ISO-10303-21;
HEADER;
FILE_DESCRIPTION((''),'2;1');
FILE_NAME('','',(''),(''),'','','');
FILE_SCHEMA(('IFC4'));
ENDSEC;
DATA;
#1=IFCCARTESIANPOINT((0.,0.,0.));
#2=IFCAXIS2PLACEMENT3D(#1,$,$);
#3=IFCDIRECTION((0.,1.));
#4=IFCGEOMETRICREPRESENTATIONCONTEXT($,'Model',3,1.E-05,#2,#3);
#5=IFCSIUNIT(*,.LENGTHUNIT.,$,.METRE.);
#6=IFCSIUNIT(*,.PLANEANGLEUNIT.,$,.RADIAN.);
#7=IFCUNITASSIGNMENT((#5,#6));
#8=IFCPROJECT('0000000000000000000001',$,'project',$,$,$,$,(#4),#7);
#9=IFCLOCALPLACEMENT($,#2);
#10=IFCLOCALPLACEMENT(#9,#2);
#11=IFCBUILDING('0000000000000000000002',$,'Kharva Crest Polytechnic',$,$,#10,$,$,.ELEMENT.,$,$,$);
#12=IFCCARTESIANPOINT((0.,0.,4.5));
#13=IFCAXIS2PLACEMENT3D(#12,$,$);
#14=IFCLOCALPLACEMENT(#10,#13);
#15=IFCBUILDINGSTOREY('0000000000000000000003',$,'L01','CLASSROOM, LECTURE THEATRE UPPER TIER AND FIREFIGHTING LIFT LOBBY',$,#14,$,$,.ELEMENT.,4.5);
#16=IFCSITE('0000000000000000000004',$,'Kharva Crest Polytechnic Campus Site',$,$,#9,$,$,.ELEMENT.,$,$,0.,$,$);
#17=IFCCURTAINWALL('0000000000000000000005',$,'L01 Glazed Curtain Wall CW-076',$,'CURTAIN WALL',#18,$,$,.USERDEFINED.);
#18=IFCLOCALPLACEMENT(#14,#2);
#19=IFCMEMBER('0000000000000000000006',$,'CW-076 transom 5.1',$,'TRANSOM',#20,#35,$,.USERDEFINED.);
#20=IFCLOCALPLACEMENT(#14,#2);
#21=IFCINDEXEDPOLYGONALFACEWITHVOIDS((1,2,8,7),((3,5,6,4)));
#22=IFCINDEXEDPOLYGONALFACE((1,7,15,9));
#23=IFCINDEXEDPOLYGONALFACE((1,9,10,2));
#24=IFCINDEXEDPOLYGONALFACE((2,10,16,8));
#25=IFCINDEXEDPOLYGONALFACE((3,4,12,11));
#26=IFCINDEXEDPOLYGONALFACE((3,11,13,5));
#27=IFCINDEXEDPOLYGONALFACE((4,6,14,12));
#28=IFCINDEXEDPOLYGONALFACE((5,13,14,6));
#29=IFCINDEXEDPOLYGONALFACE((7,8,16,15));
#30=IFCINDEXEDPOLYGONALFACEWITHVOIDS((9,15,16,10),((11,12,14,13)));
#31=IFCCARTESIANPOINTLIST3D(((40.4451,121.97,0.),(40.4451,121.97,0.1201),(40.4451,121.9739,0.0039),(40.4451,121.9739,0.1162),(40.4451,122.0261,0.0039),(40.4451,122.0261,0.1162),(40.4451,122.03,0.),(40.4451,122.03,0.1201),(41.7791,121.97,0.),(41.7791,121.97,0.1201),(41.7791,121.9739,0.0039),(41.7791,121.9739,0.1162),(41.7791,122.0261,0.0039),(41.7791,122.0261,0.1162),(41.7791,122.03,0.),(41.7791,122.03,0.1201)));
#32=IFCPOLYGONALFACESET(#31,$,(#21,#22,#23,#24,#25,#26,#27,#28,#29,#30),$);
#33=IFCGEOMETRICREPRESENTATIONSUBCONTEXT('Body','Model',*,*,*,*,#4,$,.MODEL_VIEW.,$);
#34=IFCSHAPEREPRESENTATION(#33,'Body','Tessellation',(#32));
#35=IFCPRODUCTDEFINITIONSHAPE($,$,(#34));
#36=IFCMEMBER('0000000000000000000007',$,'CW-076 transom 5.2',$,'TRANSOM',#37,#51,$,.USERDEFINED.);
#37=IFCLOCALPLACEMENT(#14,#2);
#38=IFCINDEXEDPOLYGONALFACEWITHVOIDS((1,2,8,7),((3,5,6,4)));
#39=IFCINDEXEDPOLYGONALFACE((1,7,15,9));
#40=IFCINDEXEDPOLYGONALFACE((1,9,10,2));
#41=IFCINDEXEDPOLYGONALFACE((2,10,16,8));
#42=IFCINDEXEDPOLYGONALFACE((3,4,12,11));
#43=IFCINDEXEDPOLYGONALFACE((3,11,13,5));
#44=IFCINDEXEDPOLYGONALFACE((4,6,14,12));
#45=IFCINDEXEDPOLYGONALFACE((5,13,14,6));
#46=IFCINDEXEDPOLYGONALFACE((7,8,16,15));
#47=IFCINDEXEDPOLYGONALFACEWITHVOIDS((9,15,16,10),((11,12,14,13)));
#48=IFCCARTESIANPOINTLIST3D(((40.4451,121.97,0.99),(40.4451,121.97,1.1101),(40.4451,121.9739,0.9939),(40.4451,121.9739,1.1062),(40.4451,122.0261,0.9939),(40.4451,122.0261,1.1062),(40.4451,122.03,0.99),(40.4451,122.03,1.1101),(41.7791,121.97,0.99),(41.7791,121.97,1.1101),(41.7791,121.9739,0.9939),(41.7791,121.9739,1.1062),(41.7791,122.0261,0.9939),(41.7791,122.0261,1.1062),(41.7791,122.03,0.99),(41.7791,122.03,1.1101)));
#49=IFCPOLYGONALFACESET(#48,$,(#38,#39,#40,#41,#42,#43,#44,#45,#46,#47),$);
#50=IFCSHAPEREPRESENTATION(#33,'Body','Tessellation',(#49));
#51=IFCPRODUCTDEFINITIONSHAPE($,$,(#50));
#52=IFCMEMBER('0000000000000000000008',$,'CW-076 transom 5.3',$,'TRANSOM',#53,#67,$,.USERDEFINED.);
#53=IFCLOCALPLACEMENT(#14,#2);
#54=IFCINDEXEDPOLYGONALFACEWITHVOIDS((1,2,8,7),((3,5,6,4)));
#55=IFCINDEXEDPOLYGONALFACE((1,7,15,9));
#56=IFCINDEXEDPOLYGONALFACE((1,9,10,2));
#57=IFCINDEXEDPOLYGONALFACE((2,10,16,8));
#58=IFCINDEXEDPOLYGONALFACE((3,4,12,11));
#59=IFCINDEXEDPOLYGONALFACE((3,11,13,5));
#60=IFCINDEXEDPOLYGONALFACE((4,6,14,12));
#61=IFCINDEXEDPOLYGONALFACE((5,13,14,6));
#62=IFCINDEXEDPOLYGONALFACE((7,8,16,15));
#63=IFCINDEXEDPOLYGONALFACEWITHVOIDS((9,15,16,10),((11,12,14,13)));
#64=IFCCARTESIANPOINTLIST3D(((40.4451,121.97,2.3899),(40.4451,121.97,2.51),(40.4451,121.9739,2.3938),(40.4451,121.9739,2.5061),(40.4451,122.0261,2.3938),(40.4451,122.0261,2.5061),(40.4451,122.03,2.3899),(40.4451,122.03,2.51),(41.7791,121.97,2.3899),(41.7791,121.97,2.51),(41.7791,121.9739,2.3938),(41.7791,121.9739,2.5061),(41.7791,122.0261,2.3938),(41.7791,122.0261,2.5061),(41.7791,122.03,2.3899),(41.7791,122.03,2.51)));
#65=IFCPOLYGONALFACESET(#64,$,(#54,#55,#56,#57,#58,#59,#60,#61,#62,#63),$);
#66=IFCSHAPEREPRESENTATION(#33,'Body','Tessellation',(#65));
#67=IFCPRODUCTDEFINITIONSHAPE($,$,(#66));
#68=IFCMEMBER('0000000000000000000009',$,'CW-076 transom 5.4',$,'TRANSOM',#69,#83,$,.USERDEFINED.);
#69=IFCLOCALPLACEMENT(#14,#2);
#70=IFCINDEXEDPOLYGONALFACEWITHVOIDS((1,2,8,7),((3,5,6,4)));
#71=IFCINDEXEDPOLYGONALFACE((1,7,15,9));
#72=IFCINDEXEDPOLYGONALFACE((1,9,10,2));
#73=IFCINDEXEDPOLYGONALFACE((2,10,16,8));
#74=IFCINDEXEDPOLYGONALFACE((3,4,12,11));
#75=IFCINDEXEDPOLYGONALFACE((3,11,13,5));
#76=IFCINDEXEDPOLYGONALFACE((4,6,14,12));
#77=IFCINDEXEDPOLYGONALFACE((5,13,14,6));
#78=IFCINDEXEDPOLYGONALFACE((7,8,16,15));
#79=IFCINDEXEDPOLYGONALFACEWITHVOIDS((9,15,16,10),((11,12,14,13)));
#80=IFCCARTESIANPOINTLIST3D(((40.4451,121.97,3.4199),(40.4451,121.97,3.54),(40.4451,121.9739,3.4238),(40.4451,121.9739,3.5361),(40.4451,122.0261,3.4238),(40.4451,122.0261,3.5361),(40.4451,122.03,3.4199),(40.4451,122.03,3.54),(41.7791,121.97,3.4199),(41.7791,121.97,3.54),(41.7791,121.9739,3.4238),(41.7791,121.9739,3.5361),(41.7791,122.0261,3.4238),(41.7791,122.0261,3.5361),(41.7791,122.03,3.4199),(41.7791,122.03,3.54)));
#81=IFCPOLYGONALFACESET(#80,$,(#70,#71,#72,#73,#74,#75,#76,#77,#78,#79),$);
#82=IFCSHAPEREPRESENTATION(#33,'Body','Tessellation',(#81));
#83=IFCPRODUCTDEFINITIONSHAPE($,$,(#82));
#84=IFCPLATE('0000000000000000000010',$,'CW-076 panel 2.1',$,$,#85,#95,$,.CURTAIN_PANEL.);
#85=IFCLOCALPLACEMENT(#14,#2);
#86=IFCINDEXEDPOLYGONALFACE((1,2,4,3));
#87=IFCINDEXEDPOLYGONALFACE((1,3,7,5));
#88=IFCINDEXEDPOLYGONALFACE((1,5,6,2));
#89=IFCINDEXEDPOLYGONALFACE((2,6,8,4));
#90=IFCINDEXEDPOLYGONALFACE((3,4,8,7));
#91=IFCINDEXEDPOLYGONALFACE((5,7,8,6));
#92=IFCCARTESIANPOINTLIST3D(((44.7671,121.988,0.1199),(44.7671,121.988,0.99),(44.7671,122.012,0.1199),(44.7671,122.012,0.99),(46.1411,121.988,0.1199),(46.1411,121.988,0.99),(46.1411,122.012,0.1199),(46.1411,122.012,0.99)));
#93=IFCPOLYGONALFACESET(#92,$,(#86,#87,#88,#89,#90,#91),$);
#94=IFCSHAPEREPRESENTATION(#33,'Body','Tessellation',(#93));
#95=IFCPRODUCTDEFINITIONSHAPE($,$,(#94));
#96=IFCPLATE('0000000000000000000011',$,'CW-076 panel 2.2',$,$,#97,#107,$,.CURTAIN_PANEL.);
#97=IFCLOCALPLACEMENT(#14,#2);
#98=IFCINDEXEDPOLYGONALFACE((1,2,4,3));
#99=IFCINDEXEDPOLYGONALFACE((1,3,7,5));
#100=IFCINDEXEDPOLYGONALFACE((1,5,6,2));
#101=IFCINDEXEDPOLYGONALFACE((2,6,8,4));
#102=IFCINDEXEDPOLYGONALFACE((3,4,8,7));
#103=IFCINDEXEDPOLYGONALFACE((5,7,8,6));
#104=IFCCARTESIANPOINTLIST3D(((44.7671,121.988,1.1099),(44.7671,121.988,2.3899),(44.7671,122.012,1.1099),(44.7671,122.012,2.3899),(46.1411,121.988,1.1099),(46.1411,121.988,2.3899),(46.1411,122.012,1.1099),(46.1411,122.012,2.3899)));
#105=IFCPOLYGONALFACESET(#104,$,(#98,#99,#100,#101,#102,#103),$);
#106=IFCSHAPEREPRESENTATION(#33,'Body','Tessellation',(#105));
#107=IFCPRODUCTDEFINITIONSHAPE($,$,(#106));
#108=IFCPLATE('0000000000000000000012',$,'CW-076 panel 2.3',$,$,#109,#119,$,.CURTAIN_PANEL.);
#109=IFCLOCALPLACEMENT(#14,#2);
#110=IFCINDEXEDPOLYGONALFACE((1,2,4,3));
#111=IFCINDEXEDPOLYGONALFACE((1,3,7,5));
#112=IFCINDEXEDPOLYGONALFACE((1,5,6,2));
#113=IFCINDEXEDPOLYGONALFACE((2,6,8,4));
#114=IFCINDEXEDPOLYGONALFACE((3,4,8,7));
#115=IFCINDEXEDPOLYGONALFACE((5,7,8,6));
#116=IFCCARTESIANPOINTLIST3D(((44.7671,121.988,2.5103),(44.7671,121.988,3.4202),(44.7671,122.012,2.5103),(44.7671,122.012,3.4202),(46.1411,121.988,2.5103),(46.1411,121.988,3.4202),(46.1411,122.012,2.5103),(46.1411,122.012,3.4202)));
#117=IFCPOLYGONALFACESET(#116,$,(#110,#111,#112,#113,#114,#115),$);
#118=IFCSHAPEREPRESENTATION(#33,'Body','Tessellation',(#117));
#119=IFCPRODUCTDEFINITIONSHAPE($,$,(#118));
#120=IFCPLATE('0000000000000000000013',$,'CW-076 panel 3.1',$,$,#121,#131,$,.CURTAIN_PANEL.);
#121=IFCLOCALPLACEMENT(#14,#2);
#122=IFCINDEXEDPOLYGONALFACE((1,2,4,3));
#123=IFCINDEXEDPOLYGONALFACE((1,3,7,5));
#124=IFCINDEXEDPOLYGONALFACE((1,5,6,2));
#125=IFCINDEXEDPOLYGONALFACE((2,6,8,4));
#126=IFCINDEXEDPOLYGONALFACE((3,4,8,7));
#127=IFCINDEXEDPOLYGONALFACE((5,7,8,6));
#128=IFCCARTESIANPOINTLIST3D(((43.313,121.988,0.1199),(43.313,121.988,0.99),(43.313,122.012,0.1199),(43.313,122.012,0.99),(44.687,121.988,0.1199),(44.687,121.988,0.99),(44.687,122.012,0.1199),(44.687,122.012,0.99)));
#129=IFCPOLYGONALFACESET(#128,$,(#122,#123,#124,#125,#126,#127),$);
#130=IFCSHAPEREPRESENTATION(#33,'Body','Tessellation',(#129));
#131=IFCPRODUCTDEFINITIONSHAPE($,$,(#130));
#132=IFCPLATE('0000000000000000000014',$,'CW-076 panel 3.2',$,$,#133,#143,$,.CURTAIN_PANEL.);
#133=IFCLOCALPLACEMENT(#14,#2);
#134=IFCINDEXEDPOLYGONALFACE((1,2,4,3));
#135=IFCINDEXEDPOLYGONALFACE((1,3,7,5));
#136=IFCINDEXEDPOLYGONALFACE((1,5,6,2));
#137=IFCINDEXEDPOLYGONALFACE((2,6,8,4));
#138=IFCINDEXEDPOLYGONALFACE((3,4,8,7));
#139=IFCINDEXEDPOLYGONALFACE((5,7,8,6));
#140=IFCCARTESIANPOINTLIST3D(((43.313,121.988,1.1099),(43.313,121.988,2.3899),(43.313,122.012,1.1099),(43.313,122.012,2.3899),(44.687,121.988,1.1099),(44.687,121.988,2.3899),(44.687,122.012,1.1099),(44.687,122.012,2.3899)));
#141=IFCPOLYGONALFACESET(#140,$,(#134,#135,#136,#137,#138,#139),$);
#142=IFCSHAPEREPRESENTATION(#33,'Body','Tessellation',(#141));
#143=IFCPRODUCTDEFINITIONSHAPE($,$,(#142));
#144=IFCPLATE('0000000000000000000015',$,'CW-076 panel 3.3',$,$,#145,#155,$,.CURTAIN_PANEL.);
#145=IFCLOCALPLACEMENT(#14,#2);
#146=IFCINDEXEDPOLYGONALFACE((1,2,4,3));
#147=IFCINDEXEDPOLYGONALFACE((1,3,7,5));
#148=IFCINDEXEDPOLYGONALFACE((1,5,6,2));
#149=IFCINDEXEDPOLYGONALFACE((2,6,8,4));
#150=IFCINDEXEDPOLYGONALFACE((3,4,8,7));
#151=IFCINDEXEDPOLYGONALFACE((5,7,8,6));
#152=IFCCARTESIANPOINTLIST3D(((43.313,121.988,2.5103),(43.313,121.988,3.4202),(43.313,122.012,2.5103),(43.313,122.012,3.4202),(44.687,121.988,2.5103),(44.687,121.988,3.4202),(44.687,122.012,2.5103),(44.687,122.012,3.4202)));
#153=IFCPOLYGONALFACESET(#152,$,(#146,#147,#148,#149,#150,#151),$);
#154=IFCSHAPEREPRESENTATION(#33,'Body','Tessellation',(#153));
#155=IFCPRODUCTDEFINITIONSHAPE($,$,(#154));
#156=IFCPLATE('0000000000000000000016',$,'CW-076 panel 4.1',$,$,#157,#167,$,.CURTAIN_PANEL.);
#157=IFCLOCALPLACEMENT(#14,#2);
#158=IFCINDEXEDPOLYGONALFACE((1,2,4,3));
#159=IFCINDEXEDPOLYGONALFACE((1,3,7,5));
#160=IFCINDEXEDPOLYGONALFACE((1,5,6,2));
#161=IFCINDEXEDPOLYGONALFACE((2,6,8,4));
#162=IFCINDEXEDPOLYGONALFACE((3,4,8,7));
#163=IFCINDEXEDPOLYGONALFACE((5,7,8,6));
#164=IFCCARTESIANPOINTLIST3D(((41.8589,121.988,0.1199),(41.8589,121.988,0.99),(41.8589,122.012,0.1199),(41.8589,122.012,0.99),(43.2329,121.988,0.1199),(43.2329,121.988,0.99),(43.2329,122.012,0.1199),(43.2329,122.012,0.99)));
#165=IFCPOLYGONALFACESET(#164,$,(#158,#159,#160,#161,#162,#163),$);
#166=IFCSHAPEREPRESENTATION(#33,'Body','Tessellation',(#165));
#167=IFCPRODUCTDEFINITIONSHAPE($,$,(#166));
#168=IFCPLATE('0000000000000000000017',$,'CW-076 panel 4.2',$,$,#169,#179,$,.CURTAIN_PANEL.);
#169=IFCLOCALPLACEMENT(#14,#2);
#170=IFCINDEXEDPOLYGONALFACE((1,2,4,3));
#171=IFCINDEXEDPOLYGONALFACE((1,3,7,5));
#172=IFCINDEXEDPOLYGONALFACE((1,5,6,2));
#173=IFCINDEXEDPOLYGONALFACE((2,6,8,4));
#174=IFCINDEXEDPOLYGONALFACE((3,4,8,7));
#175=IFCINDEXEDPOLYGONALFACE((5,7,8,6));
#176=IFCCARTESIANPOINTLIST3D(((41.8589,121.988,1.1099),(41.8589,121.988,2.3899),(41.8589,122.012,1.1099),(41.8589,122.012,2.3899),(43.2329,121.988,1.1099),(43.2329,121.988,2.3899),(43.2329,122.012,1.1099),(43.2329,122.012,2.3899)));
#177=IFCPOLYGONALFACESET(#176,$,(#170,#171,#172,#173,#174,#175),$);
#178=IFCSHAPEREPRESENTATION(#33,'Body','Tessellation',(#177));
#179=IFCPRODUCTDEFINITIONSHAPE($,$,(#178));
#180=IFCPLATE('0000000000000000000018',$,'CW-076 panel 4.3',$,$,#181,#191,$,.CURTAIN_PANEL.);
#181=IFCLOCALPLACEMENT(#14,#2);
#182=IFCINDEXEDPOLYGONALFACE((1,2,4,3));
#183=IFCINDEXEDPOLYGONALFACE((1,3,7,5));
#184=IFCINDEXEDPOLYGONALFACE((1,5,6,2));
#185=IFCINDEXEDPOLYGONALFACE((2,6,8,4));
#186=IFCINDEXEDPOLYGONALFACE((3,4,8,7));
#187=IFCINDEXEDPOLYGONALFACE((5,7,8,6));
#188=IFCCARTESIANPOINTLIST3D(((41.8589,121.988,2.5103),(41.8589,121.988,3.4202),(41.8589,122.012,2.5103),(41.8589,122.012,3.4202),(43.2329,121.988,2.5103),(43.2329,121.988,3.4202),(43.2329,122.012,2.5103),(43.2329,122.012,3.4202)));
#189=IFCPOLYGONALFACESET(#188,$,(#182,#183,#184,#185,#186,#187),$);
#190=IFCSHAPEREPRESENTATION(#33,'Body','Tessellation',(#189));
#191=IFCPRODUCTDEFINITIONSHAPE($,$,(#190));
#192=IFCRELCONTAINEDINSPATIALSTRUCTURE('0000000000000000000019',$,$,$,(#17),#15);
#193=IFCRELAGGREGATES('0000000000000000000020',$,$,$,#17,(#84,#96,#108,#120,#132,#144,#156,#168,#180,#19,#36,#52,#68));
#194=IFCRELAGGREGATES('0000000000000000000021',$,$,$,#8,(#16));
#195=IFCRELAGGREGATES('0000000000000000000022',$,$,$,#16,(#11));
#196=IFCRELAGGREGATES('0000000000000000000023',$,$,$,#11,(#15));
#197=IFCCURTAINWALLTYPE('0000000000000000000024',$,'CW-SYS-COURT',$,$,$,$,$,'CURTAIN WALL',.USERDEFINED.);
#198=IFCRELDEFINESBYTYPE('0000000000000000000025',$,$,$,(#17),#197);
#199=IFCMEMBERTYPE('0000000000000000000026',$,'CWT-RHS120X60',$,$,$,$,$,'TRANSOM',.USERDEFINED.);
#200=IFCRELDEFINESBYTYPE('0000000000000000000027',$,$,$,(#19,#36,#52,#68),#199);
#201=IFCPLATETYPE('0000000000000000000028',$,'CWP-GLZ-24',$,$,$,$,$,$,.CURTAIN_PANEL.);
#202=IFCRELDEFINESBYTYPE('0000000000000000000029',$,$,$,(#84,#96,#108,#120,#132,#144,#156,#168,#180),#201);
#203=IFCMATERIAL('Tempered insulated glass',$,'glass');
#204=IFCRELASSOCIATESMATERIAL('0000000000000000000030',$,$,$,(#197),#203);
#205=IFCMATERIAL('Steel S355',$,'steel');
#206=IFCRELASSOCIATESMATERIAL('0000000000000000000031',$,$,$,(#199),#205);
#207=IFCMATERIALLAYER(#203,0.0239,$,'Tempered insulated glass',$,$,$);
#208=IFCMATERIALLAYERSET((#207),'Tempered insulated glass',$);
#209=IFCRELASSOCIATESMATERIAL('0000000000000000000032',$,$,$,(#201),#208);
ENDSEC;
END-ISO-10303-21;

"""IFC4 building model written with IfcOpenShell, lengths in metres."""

from ifc_helpers import new_model, si_unit, direction, frame, origin, origin_2d, place, context, subcontext, project, spatial, rectangle, hollow_rectangle, extrude, material, layer, layer_set, material_profile, profile_set, type_object, element, aggregate, save


model = new_model("IFC4")

# Units and contexts
model_context = context("Model", 3, precision=1e-05, world=origin(), true_north=direction((0.0, 1.0)))
body_context = subcontext(model_context, "Body", "Model", "MODEL_VIEW")
ifc_project = project(units=[si_unit("LENGTHUNIT", "METRE"), si_unit("PLANEANGLEUNIT", "RADIAN")], contexts=[model_context])

# Site, building, storey
site_placement = place(None, origin())
site = spatial("IfcSite", under=ifc_project, at=site_placement, Name="Kharva Crest Polytechnic Campus Site", CompositionType="ELEMENT", RefElevation=0.0)
building_placement = place(site_placement, origin())
building = spatial("IfcBuilding", under=site, at=building_placement, Name="Kharva Crest Polytechnic", CompositionType="ELEMENT")
storey_placement = place(building_placement, frame((0.0, 0.0, 4.5)))
storey = spatial("IfcBuildingStorey", under=building, at=storey_placement, Name="L01", Description="CLASSROOM, LECTURE THEATRE UPPER TIER AND FIREFIGHTING LIFT LOBBY", CompositionType="ELEMENT", Elevation=4.5)

# Curtain wall, members, plates
ifc_material_1 = material(Name="Tempered insulated glass", Category="glass")
curtain_wall_type = type_object("IfcCurtainWallType", Name="CW-SYS-COURT", ElementType="CURTAIN WALL", PredefinedType="USERDEFINED", material=ifc_material_1)
curtain_wall_placement = place(storey_placement, origin())
curtain_wall = element("IfcCurtainWall", 1, at=curtain_wall_placement, inside=storey, type_object=curtain_wall_type, Name="L01 Glazed Curtain Wall CW-076", ObjectType="CURTAIN WALL", PredefinedType="USERDEFINED")
ifc_material_2 = material(Name="Steel S355", Category="steel")
ifc_material_profile_1 = material_profile(ifc_material_2, hollow_rectangle(XDim=0.0601, YDim=0.1201, WallThickness=0.0039, at=origin_2d()), Name="RHS 120X60X4.0")
ifc_profile_set_1 = profile_set([ifc_material_profile_1], Name="Steel S355")
member_type_1 = type_object("IfcMemberType", Name="CWT-RHS120X60", ElementType="TRANSOM", PredefinedType="USERDEFINED", material=ifc_profile_set_1)
member_1_placement = place(storey_placement, frame((41.7791, 122.0, 0.0601), z_axis=(-1.0, 0.0, 0.0), x_axis=(0.0, -1.0, 0.0)))
member_1 = element("IfcMember", 2, at=member_1_placement, type_object=member_type_1, Name="CW-076 transom 5.1", ObjectType="TRANSOM", PredefinedType="USERDEFINED", context=body_context, shape_type="SweptSolid", body=[
    extrude(hollow_rectangle(XDim=0.0601, YDim=0.1201, WallThickness=0.0039, at=origin_2d()), origin(), (0.0, 0.0, 1.0), 1.334),
])
member_2_placement = place(storey_placement, frame((41.7791, 122.0, 1.05), z_axis=(-1.0, 0.0, 0.0), x_axis=(0.0, -1.0, 0.0)))
member_2 = element("IfcMember", 3, at=member_2_placement, type_object=member_type_1, Name="CW-076 transom 5.2", ObjectType="TRANSOM", PredefinedType="USERDEFINED", context=body_context, shape_type="SweptSolid", body=[
    extrude(hollow_rectangle(XDim=0.0601, YDim=0.1201, WallThickness=0.0039, at=origin_2d()), origin(), (0.0, 0.0, 1.0), 1.334),
])
member_3_placement = place(storey_placement, frame((41.7791, 122.0, 2.45), z_axis=(-1.0, 0.0, 0.0), x_axis=(0.0, -1.0, 0.0)))
member_3 = element("IfcMember", 4, at=member_3_placement, type_object=member_type_1, Name="CW-076 transom 5.3", ObjectType="TRANSOM", PredefinedType="USERDEFINED", context=body_context, shape_type="SweptSolid", body=[
    extrude(hollow_rectangle(XDim=0.0601, YDim=0.1201, WallThickness=0.0039, at=origin_2d()), origin(), (0.0, 0.0, 1.0), 1.334),
])
member_4_placement = place(storey_placement, frame((41.7791, 122.0, 3.48), z_axis=(-1.0, 0.0, 0.0), x_axis=(0.0, -1.0, 0.0)))
member_4 = element("IfcMember", 5, at=member_4_placement, type_object=member_type_1, Name="CW-076 transom 5.4", ObjectType="TRANSOM", PredefinedType="USERDEFINED", context=body_context, shape_type="SweptSolid", body=[
    extrude(hollow_rectangle(XDim=0.0601, YDim=0.1201, WallThickness=0.0039, at=origin_2d()), origin(), (0.0, 0.0, 1.0), 1.334),
])
ifc_layer = layer(ifc_material_1, 0.0239, Name="Tempered insulated glass")
ifc_layer_set = layer_set([ifc_layer], Name="Tempered insulated glass")
plate_type = type_object("IfcPlateType", Name="CWP-GLZ-24", PredefinedType="CURTAIN_PANEL", material=ifc_layer_set)
plate_1_placement = place(storey_placement, frame((45.4541, 122.0, 0.1199), z_axis=(0.0, 0.0, 1.0), x_axis=(-1.0, 0.0, 0.0)))
plate_1 = element("IfcPlate", 6, at=plate_1_placement, type_object=plate_type, Name="CW-076 panel 2.1", PredefinedType="CURTAIN_PANEL", context=body_context, shape_type="SweptSolid", body=[
    extrude(rectangle(XDim=1.374, YDim=0.0239, at=origin_2d()), origin(), (0.0, 0.0, 1.0), 0.8701),
])
plate_2_placement = place(storey_placement, frame((45.4541, 122.0, 1.1099), z_axis=(0.0, 0.0, 1.0), x_axis=(-1.0, 0.0, 0.0)))
plate_2 = element("IfcPlate", 7, at=plate_2_placement, type_object=plate_type, Name="CW-076 panel 2.2", PredefinedType="CURTAIN_PANEL", context=body_context, shape_type="SweptSolid", body=[
    extrude(rectangle(XDim=1.374, YDim=0.0239, at=origin_2d()), origin(), (0.0, 0.0, 1.0), 1.28),
])
plate_3_placement = place(storey_placement, frame((45.4541, 122.0, 2.5103), z_axis=(0.0, 0.0, 1.0), x_axis=(-1.0, 0.0, 0.0)))
plate_3 = element("IfcPlate", 8, at=plate_3_placement, type_object=plate_type, Name="CW-076 panel 2.3", PredefinedType="CURTAIN_PANEL", context=body_context, shape_type="SweptSolid", body=[
    extrude(rectangle(XDim=1.374, YDim=0.0239, at=origin_2d()), origin(), (0.0, 0.0, 1.0), 0.9099),
])
plate_4_placement = place(storey_placement, frame((44.0, 122.0, 0.1199), z_axis=(0.0, 0.0, 1.0), x_axis=(-1.0, 0.0, 0.0)))
plate_4 = element("IfcPlate", 9, at=plate_4_placement, type_object=plate_type, Name="CW-076 panel 3.1", PredefinedType="CURTAIN_PANEL", context=body_context, shape_type="SweptSolid", body=[
    extrude(rectangle(XDim=1.374, YDim=0.0239, at=origin_2d()), origin(), (0.0, 0.0, 1.0), 0.8701),
])
plate_5_placement = place(storey_placement, frame((44.0, 122.0, 1.1099), z_axis=(0.0, 0.0, 1.0), x_axis=(-1.0, 0.0, 0.0)))
plate_5 = element("IfcPlate", 10, at=plate_5_placement, type_object=plate_type, Name="CW-076 panel 3.2", PredefinedType="CURTAIN_PANEL", context=body_context, shape_type="SweptSolid", body=[
    extrude(rectangle(XDim=1.374, YDim=0.0239, at=origin_2d()), origin(), (0.0, 0.0, 1.0), 1.28),
])
plate_6_placement = place(storey_placement, frame((44.0, 122.0, 2.5103), z_axis=(0.0, 0.0, 1.0), x_axis=(-1.0, 0.0, 0.0)))
plate_6 = element("IfcPlate", 11, at=plate_6_placement, type_object=plate_type, Name="CW-076 panel 3.3", PredefinedType="CURTAIN_PANEL", context=body_context, shape_type="SweptSolid", body=[
    extrude(rectangle(XDim=1.374, YDim=0.0239, at=origin_2d()), origin(), (0.0, 0.0, 1.0), 0.9099),
])
plate_7_placement = place(storey_placement, frame((42.5459, 122.0, 0.1199), z_axis=(0.0, 0.0, 1.0), x_axis=(-1.0, 0.0, 0.0)))
plate_7 = element("IfcPlate", 12, at=plate_7_placement, type_object=plate_type, Name="CW-076 panel 4.1", PredefinedType="CURTAIN_PANEL", context=body_context, shape_type="SweptSolid", body=[
    extrude(rectangle(XDim=1.374, YDim=0.0239, at=origin_2d()), origin(), (0.0, 0.0, 1.0), 0.8701),
])
plate_8_placement = place(storey_placement, frame((42.5459, 122.0, 1.1099), z_axis=(0.0, 0.0, 1.0), x_axis=(-1.0, 0.0, 0.0)))
plate_8 = element("IfcPlate", 13, at=plate_8_placement, type_object=plate_type, Name="CW-076 panel 4.2", PredefinedType="CURTAIN_PANEL", context=body_context, shape_type="SweptSolid", body=[
    extrude(rectangle(XDim=1.374, YDim=0.0239, at=origin_2d()), origin(), (0.0, 0.0, 1.0), 1.28),
])
plate_9_placement = place(storey_placement, frame((42.5459, 122.0, 2.5103), z_axis=(0.0, 0.0, 1.0), x_axis=(-1.0, 0.0, 0.0)))
plate_9 = element("IfcPlate", 14, at=plate_9_placement, type_object=plate_type, Name="CW-076 panel 4.3", PredefinedType="CURTAIN_PANEL", context=body_context, shape_type="SweptSolid", body=[
    extrude(rectangle(XDim=1.374, YDim=0.0239, at=origin_2d()), origin(), (0.0, 0.0, 1.0), 0.9099),
])
aggregate(curtain_wall, [plate_1, plate_2, plate_3, plate_4, plate_5, plate_6, plate_7, plate_8, plate_9, member_1, member_2, member_3, member_4])

save(model, "model.ifc")
